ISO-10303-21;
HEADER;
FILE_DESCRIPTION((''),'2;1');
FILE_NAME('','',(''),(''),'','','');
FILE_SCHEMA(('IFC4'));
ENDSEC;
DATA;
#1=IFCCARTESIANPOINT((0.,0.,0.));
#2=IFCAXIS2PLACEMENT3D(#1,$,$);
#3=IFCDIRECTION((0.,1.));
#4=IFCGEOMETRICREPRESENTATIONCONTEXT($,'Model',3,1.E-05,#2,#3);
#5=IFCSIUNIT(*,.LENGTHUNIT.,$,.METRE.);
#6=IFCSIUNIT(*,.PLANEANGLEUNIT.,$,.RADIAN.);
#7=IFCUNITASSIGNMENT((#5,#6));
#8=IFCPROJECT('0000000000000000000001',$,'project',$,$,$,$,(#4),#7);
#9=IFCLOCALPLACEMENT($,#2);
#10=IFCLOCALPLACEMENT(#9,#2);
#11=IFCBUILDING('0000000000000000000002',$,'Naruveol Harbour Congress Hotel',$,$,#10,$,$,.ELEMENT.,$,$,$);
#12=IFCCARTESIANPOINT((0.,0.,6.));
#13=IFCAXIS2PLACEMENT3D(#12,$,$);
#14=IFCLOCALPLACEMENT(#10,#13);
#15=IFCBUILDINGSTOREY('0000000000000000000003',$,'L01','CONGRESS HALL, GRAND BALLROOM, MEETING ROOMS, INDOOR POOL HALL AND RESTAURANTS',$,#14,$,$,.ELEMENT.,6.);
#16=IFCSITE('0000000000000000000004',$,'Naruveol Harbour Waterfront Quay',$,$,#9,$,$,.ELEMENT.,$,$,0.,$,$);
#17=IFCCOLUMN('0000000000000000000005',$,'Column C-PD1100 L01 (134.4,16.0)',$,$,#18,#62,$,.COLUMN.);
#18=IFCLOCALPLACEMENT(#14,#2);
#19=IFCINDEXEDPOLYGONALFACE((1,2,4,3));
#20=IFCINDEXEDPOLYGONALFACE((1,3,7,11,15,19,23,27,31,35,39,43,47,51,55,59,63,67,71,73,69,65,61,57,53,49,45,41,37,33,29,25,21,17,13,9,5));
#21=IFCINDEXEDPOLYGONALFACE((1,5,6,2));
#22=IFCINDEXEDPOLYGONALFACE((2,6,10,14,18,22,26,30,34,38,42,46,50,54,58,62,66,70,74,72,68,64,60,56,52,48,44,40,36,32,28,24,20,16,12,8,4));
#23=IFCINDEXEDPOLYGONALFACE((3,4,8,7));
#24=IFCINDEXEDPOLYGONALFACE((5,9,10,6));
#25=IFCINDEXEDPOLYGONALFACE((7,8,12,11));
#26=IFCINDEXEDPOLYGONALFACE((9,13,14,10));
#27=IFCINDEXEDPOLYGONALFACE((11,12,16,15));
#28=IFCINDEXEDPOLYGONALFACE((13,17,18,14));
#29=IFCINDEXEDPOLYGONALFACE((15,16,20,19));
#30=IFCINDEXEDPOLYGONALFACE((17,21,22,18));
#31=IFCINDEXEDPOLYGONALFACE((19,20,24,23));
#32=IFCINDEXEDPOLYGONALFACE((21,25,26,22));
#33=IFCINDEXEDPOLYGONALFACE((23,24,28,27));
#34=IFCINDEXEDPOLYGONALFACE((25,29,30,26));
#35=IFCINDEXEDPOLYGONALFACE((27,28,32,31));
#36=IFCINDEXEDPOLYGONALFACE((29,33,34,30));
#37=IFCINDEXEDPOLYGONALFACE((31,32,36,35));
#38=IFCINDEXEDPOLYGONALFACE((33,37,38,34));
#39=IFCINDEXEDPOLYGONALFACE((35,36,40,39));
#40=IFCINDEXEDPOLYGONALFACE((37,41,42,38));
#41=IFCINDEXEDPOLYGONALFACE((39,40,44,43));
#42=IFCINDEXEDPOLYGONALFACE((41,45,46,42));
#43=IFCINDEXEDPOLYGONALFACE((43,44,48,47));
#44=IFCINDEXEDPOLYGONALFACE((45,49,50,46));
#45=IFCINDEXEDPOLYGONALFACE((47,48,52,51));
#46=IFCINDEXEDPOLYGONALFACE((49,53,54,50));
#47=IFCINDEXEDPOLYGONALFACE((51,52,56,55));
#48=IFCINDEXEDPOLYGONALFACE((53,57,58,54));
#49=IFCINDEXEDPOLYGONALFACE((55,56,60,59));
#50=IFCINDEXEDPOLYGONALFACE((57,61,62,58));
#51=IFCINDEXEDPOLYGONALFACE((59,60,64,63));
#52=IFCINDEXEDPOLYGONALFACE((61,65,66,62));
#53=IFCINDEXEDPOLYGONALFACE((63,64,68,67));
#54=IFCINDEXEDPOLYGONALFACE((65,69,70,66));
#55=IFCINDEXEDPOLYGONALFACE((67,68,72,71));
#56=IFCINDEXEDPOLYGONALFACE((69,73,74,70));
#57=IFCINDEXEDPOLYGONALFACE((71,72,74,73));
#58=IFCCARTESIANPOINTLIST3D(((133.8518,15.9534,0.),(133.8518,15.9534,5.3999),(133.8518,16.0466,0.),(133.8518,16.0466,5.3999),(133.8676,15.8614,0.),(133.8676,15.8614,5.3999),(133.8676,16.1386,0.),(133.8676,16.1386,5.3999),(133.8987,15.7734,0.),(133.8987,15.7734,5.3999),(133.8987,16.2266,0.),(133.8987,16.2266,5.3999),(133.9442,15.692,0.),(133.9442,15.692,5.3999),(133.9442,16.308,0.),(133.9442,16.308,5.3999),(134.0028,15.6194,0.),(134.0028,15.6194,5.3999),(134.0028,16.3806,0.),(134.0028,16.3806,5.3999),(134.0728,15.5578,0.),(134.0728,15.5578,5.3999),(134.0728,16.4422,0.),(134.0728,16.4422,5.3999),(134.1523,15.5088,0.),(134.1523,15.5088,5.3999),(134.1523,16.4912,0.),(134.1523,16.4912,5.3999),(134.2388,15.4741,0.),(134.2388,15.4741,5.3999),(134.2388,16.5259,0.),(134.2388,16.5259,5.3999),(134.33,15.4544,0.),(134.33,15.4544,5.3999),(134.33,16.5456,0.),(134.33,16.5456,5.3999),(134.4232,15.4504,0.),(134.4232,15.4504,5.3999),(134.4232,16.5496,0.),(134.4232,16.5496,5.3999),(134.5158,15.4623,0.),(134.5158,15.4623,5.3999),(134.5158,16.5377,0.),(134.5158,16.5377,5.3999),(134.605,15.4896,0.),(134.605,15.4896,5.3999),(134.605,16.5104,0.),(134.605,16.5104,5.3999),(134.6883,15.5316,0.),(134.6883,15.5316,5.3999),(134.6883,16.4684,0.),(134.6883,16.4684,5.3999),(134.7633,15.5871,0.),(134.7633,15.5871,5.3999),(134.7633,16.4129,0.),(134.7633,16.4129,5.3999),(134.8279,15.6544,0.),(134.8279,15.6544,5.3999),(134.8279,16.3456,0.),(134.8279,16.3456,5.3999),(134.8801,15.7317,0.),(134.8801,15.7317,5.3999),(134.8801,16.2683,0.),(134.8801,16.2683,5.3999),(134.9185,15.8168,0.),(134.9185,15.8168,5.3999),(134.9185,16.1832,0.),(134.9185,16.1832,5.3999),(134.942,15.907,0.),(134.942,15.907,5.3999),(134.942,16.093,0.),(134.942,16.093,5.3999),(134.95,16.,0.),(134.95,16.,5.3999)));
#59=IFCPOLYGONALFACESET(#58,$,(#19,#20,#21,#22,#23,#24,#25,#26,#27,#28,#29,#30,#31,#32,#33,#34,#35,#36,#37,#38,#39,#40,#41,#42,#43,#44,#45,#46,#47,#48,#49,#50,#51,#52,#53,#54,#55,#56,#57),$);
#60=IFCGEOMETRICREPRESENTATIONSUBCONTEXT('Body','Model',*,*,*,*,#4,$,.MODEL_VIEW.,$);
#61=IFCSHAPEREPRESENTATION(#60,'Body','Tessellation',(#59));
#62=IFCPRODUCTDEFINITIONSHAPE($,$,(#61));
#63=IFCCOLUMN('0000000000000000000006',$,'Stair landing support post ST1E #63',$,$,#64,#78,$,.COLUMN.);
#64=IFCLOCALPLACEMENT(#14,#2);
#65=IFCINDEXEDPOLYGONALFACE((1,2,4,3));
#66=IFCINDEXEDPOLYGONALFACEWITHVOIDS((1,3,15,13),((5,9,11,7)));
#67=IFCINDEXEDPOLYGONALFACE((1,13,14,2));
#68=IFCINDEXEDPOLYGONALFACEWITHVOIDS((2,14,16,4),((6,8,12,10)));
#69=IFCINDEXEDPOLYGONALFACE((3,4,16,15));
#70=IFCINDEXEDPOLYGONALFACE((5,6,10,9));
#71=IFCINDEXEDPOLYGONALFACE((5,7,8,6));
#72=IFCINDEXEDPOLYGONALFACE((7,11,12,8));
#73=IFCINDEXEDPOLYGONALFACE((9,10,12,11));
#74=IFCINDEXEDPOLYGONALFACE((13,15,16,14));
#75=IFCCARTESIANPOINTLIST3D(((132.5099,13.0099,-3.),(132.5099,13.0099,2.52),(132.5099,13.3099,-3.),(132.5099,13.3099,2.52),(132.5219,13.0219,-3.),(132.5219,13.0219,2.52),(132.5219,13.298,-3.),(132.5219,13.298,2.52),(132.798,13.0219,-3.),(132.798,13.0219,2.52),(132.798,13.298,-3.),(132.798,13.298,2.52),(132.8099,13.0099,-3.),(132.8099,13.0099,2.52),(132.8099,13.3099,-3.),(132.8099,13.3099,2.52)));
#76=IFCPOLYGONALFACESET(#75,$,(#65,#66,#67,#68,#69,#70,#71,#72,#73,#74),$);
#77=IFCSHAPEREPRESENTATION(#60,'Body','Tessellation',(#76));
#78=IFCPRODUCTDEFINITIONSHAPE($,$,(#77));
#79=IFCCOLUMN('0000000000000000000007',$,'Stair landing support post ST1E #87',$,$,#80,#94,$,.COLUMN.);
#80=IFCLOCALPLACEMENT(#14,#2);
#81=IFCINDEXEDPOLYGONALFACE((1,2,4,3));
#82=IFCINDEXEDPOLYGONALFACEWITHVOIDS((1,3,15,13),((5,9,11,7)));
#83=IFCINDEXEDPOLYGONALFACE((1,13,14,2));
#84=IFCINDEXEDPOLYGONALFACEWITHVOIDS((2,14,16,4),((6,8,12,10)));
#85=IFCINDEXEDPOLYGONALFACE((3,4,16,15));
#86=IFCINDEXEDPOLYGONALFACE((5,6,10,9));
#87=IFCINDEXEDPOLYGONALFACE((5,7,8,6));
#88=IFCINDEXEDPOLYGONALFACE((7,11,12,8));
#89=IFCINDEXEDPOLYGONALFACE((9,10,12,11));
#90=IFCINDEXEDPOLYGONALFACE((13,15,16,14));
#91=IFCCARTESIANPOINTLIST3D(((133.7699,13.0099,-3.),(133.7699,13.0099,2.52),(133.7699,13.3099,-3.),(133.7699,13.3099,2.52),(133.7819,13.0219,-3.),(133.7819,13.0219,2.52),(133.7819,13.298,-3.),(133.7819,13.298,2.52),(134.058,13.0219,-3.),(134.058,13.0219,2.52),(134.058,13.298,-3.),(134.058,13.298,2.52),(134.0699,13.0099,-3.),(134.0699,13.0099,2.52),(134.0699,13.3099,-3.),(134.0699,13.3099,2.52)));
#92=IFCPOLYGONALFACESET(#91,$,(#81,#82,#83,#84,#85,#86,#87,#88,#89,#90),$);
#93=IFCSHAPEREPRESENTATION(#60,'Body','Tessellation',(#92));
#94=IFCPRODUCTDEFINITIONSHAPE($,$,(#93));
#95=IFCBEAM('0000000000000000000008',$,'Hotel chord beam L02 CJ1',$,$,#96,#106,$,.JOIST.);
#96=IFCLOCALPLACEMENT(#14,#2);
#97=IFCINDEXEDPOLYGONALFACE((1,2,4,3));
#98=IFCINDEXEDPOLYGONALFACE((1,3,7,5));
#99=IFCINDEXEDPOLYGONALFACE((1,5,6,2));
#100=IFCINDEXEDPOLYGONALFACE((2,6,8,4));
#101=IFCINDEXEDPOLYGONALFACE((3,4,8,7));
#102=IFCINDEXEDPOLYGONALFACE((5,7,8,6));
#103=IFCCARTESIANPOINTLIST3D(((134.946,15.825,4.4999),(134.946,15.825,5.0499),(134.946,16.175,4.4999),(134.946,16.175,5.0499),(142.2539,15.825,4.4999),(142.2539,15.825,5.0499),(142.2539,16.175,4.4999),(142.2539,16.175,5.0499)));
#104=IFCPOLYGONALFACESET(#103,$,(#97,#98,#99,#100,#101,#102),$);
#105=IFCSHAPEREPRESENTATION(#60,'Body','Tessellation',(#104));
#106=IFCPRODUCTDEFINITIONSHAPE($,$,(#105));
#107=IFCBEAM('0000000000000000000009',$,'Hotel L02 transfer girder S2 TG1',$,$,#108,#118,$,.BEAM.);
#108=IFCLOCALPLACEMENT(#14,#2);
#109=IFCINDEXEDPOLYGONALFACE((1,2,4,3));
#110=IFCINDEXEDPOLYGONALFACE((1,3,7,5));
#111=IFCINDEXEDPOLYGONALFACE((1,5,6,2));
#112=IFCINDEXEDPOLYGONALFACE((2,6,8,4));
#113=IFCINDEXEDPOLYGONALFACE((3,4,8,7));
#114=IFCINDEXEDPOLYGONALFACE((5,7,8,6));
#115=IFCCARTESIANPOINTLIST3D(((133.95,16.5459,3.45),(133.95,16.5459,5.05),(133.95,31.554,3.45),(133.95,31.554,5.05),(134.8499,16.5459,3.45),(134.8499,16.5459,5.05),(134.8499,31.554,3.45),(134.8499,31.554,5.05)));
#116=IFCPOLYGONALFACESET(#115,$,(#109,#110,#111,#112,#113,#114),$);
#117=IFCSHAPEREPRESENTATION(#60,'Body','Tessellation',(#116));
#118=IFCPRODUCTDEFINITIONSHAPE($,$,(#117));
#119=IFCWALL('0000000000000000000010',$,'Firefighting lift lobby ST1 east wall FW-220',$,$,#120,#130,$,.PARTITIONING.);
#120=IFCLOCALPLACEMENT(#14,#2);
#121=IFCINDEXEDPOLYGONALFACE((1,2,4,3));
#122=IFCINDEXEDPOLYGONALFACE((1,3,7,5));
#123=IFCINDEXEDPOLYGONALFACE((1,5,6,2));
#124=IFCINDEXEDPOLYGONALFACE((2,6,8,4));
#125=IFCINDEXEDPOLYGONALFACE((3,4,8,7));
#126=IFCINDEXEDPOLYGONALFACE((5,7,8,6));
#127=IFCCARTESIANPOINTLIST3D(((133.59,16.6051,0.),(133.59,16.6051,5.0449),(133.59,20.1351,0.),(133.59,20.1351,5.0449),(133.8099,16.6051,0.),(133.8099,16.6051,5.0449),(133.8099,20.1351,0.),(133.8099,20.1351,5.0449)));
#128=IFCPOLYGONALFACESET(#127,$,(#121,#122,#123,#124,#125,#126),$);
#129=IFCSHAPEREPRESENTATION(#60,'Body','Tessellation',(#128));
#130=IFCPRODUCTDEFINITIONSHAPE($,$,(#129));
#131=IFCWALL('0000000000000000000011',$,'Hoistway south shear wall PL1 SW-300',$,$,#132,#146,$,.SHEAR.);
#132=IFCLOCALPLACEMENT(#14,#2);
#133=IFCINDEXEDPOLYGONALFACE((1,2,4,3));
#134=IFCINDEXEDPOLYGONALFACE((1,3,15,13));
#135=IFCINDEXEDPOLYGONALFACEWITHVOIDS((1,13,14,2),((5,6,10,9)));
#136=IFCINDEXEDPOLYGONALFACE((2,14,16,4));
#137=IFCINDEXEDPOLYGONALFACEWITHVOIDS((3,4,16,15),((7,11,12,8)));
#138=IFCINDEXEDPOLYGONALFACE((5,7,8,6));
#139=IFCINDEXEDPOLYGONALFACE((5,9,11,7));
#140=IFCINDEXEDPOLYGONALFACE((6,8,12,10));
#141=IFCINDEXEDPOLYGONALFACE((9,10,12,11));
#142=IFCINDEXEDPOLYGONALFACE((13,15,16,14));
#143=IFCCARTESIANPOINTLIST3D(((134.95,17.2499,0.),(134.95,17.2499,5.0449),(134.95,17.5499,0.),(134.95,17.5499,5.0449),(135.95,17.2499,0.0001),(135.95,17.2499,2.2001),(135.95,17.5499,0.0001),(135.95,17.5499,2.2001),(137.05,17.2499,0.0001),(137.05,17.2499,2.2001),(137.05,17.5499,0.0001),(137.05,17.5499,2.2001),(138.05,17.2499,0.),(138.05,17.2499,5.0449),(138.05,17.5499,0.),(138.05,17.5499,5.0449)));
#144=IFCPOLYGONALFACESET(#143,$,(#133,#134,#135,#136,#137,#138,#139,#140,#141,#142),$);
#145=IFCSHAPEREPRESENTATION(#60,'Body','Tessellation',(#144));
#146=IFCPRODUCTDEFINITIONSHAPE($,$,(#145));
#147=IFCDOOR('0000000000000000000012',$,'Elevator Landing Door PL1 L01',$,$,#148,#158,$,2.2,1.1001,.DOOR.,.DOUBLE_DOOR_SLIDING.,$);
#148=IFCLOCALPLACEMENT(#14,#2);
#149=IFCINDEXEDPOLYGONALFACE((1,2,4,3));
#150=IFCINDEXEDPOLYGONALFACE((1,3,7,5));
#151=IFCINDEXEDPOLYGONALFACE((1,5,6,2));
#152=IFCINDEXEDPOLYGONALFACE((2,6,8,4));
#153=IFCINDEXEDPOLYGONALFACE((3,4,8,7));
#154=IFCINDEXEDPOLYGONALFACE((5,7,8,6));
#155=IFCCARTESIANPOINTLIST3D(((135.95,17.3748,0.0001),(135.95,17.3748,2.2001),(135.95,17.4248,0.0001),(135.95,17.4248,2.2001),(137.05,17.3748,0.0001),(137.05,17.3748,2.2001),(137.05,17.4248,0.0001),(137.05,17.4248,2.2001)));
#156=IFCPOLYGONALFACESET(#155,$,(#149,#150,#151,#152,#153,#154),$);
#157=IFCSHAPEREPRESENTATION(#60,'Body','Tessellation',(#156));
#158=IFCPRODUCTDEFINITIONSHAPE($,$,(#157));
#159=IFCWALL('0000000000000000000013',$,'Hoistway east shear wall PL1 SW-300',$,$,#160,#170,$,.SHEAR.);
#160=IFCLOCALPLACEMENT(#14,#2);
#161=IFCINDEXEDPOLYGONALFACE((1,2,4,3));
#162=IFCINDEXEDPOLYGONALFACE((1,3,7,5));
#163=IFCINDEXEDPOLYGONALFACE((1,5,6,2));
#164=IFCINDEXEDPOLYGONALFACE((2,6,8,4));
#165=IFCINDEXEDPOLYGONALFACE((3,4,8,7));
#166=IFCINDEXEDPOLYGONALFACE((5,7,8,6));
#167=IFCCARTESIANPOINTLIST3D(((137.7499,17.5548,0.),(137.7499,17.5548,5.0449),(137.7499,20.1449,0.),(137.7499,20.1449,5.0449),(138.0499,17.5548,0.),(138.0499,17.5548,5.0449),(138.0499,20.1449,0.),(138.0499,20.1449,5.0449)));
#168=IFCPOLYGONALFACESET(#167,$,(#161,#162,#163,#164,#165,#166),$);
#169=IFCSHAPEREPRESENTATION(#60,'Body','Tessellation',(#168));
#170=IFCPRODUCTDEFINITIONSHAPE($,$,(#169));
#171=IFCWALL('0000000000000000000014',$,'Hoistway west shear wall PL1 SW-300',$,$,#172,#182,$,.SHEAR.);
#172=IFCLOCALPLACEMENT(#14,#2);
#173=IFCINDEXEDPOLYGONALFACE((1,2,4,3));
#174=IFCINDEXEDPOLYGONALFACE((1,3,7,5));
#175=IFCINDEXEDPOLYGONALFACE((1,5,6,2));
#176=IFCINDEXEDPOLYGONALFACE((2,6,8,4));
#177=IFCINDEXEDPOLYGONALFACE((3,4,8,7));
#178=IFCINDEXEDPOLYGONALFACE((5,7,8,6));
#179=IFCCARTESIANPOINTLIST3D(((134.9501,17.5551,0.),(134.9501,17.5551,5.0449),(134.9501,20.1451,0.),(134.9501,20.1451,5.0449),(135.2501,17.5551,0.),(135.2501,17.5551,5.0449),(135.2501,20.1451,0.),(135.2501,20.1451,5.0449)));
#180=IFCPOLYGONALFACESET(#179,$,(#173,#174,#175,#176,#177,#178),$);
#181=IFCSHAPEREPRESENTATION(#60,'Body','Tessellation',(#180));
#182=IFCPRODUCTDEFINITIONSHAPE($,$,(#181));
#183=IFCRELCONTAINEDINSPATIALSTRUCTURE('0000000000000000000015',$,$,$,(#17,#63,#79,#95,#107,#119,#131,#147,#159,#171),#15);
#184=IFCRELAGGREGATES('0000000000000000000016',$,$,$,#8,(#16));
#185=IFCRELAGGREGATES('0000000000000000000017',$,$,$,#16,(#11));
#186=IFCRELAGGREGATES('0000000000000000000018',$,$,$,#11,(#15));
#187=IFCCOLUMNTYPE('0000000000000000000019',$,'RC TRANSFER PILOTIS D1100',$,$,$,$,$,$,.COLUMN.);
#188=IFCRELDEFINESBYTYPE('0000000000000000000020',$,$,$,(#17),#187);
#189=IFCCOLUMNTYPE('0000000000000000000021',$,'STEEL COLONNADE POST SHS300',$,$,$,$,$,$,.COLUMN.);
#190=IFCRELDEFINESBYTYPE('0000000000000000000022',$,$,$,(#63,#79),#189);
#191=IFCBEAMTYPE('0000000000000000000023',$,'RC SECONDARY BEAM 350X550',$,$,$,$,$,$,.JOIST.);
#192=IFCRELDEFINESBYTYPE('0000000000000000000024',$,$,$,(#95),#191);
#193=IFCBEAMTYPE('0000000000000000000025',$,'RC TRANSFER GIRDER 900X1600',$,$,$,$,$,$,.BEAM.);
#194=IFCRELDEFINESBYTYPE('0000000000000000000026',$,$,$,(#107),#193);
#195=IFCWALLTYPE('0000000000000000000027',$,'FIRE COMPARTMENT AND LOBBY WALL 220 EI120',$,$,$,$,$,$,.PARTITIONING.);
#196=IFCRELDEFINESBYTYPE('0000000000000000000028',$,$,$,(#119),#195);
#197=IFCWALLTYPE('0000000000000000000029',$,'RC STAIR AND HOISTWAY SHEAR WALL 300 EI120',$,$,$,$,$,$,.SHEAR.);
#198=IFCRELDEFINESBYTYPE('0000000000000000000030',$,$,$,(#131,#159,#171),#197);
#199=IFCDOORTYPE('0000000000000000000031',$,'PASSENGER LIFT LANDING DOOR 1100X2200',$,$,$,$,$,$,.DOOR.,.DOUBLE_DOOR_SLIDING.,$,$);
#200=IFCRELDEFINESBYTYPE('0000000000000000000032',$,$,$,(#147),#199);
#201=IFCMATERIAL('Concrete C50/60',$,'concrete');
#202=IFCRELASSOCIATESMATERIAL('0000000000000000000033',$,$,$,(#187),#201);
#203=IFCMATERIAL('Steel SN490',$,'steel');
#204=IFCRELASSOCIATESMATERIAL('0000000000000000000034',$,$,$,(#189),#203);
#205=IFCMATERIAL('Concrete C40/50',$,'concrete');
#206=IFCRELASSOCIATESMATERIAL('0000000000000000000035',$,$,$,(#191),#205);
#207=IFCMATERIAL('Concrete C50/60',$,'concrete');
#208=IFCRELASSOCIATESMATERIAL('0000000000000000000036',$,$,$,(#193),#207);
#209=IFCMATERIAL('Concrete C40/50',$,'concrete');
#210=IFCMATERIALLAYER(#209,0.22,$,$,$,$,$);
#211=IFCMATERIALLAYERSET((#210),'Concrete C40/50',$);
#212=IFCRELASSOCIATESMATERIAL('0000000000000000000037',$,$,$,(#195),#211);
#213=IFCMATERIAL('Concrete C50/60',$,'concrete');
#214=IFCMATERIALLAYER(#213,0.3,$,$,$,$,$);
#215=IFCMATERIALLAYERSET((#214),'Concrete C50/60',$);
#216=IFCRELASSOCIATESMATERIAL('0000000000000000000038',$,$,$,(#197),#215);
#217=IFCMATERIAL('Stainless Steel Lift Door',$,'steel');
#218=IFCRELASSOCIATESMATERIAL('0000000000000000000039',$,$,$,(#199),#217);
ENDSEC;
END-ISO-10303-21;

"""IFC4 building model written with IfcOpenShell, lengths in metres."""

from ifc_helpers import new_model, si_unit, direction, frame, frame_2d, origin, origin_2d, place, context, subcontext, project, spatial, rectangle, hollow_rectangle, circle, extrude, material, layer, layer_set, material_profile, profile_set, type_object, element, fill, save


model = new_model("IFC4")

# Units and contexts
model_context = context("Model", 3, precision=1e-05, world=origin(), true_north=direction((0.0, 1.0)))
body_context = subcontext(model_context, "Body", "Model", "MODEL_VIEW")
ifc_project = project(units=[si_unit("LENGTHUNIT", "METRE"), si_unit("PLANEANGLEUNIT", "RADIAN")], contexts=[model_context])

# Site, building, storey
site_placement = place(None, origin())
site = spatial("IfcSite", under=ifc_project, at=site_placement, Name="Naruveol Harbour Waterfront Quay", CompositionType="ELEMENT", RefElevation=0.0)
building_placement = place(site_placement, origin())
building = spatial("IfcBuilding", under=site, at=building_placement, Name="Naruveol Harbour Congress Hotel", CompositionType="ELEMENT")
storey_placement = place(building_placement, frame((0.0, 0.0, 6.0)))
storey = spatial("IfcBuildingStorey", under=building, at=storey_placement, Name="L01", Description="CONGRESS HALL, GRAND BALLROOM, MEETING ROOMS, INDOOR POOL HALL AND RESTAURANTS", CompositionType="ELEMENT", Elevation=6.0)

# Columns
ifc_material_1 = material(Name="Concrete C50/60", Category="concrete")
ifc_material_profile_1 = material_profile(ifc_material_1, circle(Radius=0.55, at=origin_2d()), Name="RC-D1100")
ifc_profile_set_1 = profile_set([ifc_material_profile_1], Name="Concrete C50/60")
column_type_1 = type_object("IfcColumnType", Name="RC TRANSFER PILOTIS D1100", PredefinedType="COLUMN", material=ifc_profile_set_1)
column_placement = place(storey_placement, frame((134.3999, 16.0, 0.0), z_axis=(0.0, 0.0, 1.0), x_axis=(1.0, 0.0, 0.0)))
element("IfcColumn", 1, at=column_placement, inside=storey, type_object=column_type_1, Name="Column C-PD1100 L01 (134.4,16.0)", PredefinedType="COLUMN", context=body_context, shape_type="SweptSolid", body=[
    extrude(circle(Radius=0.55, at=origin_2d()), origin(), (0.0, 0.0, 1.0), 5.3999),
])
ifc_material_2 = material(Name="Steel SN490", Category="steel")
ifc_material_profile_2 = material_profile(ifc_material_2, hollow_rectangle(XDim=0.3, YDim=0.3, WallThickness=0.012, at=origin_2d()), Name="SHS-300x300x12")
ifc_profile_set_2 = profile_set([ifc_material_profile_2], Name="Steel SN490")
column_type_2 = type_object("IfcColumnType", Name="STEEL COLONNADE POST SHS300", PredefinedType="COLUMN", material=ifc_profile_set_2)
for number, where, z_axis, x_axis, name in (
    (2, (132.6599, 13.1599, -3.0), (0.0, 0.0, 1.0), (1.0, 0.0, 0.0), "Stair landing support post ST1E #63"),
    (3, (133.9199, 13.1599, -3.0), (0.0, 0.0, 1.0), (1.0, 0.0, 0.0), "Stair landing support post ST1E #87"),
):
    element("IfcColumn", number, at=place(storey_placement, frame(where, z_axis=z_axis, x_axis=x_axis)), inside=storey, type_object=column_type_2, Name=name, PredefinedType="COLUMN", context=body_context, shape_type="SweptSolid", body=[
        extrude(hollow_rectangle(XDim=0.3, YDim=0.3, WallThickness=0.012, at=origin_2d()), origin(), (0.0, 0.0, 1.0), 5.52),
    ])

# Beams
ifc_material_3 = material(Name="Concrete C40/50", Category="concrete")
ifc_material_profile_3 = material_profile(ifc_material_3, rectangle(XDim=0.3501, YDim=0.55, at=origin_2d()), Name="RCB-350x550")
ifc_profile_set_3 = profile_set([ifc_material_profile_3], Name="Concrete C40/50")
beam_type_1 = type_object("IfcBeamType", Name="RC SECONDARY BEAM 350X550", PredefinedType="JOIST", material=ifc_profile_set_3)
beam_1_placement = place(storey_placement, frame((134.946, 16.0, 4.7749), z_axis=(1.0, 0.0, 0.0), x_axis=(0.0, 1.0, 0.0)))
element("IfcBeam", 4, at=beam_1_placement, inside=storey, type_object=beam_type_1, Name="Hotel chord beam L02 CJ1", PredefinedType="JOIST", context=body_context, shape_type="SweptSolid", body=[
    extrude(rectangle(XDim=0.3501, YDim=0.55, at=origin_2d()), origin(), (0.0, 0.0, 1.0), 7.3079),
])
ifc_material_4 = material(Name="Concrete C50/60", Category="concrete")
ifc_material_profile_4 = material_profile(ifc_material_4, rectangle(XDim=0.8999, YDim=1.6001, at=origin_2d()), Name="RCB-900x1600")
ifc_profile_set_4 = profile_set([ifc_material_profile_4], Name="Concrete C50/60")
beam_type_2 = type_object("IfcBeamType", Name="RC TRANSFER GIRDER 900X1600", PredefinedType="BEAM", material=ifc_profile_set_4)
beam_2_placement = place(storey_placement, frame((134.3999, 16.5459, 4.25), z_axis=(0.0, 1.0, 0.0), x_axis=(-1.0, 0.0, 0.0)))
element("IfcBeam", 5, at=beam_2_placement, inside=storey, type_object=beam_type_2, Name="Hotel L02 transfer girder S2 TG1", PredefinedType="BEAM", context=body_context, shape_type="SweptSolid", body=[
    extrude(rectangle(XDim=0.8999, YDim=1.6001, at=origin_2d()), origin(), (0.0, 0.0, 1.0), 15.0081),
])

# Wall
ifc_material_5 = material(Name="Concrete C40/50", Category="concrete")
ifc_layer_1 = layer(ifc_material_5, 0.22)
ifc_layer_set_1 = layer_set([ifc_layer_1], Name="Concrete C40/50")
wall_type_1 = type_object("IfcWallType", Name="FIRE COMPARTMENT AND LOBBY WALL 220 EI120", PredefinedType="PARTITIONING", material=ifc_layer_set_1)
wall_1_placement = place(storey_placement, frame((133.7, 16.605, 0.0), z_axis=(0.0, 0.0, 1.0), x_axis=(0.0, 1.0, 0.0)))
element("IfcWall", 6, at=wall_1_placement, inside=storey, type_object=wall_type_1, Name="Firefighting lift lobby ST1 east wall FW-220", PredefinedType="PARTITIONING", context=body_context, shape_type="SweptSolid", body=[
    extrude(rectangle(XDim=3.53, YDim=0.22, at=frame_2d((1.7651, 0.0))), origin(), (0.0, 0.0, 1.0), 5.0449),
])

# Wall, opening, door
ifc_material_6 = material(Name="Concrete C50/60", Category="concrete")
ifc_layer_2 = layer(ifc_material_6, 0.3)
ifc_layer_set_2 = layer_set([ifc_layer_2], Name="Concrete C50/60")
wall_type_2 = type_object("IfcWallType", Name="RC STAIR AND HOISTWAY SHEAR WALL 300 EI120", PredefinedType="SHEAR", material=ifc_layer_set_2)
wall_2_placement = place(storey_placement, frame((134.95, 17.3999, 0.0), z_axis=(0.0, 0.0, 1.0), x_axis=(1.0, 0.0, 0.0)))
wall_2 = element("IfcWall", 7, at=wall_2_placement, inside=storey, type_object=wall_type_2, Name="Hoistway south shear wall PL1 SW-300", PredefinedType="SHEAR", context=body_context, shape_type="SweptSolid", body=[
    extrude(rectangle(XDim=3.1001, YDim=0.3, at=frame_2d((1.55, 0.0))), origin(), (0.0, 0.0, 1.0), 5.0449),
])
opening_1_placement = place(wall_2_placement, frame((1.0, 0.0, 0.0)))
opening_1 = element("IfcOpeningElement", 8, at=opening_1_placement, cuts=wall_2, PredefinedType="OPENING", context=body_context, shape_type="SweptSolid", body=[
    extrude(rectangle(XDim=1.1001, YDim=2.2, at=frame_2d((0.55, 1.1001))), frame((0.0, 0.1599, 0.0), z_axis=(0.0, -1.0, 0.0), x_axis=(1.0, 0.0, 0.0)), (0.0, 0.0, 1.0), 0.3201),
])
ifc_material_7 = material(Name="Stainless Steel Lift Door", Category="steel")
door_type_1 = type_object("IfcDoorType", Name="PASSENGER LIFT LANDING DOOR 1100X2200", OperationType="DOUBLE_DOOR_SLIDING", PredefinedType="DOOR", material=ifc_material_7)
door_1_placement = place(opening_1_placement, origin())
door_1 = element("IfcDoor", 9, at=door_1_placement, inside=storey, type_object=door_type_1, Name="Elevator Landing Door PL1 L01", OperationType="DOUBLE_DOOR_SLIDING", OverallHeight=2.2, OverallWidth=1.1001, PredefinedType="DOOR", context=body_context, shape_type="SweptSolid", body=[
    extrude(rectangle(XDim=1.1001, YDim=2.2, at=frame_2d((0.55, 1.1001))), frame((0.0, 0.0249, 0.0), z_axis=(0.0, -1.0, 0.0), x_axis=(1.0, 0.0, 0.0)), (0.0, 0.0, 1.0), 0.05),
])
fill(opening_1, door_1)

# Walls
for number, where, z_axis, x_axis, name in (
    (10, (137.8999, 17.5549, 0.0), (0.0, 0.0, 1.0), (0.0, 1.0, 0.0), "Hoistway east shear wall PL1 SW-300"),
    (11, (135.1001, 20.145, 0.0), (0.0, 0.0, 1.0), (0.0, -1.0, 0.0), "Hoistway west shear wall PL1 SW-300"),
):
    element("IfcWall", number, at=place(storey_placement, frame(where, z_axis=z_axis, x_axis=x_axis)), inside=storey, type_object=wall_type_2, Name=name, PredefinedType="SHEAR", context=body_context, shape_type="SweptSolid", body=[
        extrude(rectangle(XDim=2.5901, YDim=0.3, at=frame_2d((1.2949, 0.0))), origin(), (0.0, 0.0, 1.0), 5.0449),
    ])

save(model, "model.ifc")
